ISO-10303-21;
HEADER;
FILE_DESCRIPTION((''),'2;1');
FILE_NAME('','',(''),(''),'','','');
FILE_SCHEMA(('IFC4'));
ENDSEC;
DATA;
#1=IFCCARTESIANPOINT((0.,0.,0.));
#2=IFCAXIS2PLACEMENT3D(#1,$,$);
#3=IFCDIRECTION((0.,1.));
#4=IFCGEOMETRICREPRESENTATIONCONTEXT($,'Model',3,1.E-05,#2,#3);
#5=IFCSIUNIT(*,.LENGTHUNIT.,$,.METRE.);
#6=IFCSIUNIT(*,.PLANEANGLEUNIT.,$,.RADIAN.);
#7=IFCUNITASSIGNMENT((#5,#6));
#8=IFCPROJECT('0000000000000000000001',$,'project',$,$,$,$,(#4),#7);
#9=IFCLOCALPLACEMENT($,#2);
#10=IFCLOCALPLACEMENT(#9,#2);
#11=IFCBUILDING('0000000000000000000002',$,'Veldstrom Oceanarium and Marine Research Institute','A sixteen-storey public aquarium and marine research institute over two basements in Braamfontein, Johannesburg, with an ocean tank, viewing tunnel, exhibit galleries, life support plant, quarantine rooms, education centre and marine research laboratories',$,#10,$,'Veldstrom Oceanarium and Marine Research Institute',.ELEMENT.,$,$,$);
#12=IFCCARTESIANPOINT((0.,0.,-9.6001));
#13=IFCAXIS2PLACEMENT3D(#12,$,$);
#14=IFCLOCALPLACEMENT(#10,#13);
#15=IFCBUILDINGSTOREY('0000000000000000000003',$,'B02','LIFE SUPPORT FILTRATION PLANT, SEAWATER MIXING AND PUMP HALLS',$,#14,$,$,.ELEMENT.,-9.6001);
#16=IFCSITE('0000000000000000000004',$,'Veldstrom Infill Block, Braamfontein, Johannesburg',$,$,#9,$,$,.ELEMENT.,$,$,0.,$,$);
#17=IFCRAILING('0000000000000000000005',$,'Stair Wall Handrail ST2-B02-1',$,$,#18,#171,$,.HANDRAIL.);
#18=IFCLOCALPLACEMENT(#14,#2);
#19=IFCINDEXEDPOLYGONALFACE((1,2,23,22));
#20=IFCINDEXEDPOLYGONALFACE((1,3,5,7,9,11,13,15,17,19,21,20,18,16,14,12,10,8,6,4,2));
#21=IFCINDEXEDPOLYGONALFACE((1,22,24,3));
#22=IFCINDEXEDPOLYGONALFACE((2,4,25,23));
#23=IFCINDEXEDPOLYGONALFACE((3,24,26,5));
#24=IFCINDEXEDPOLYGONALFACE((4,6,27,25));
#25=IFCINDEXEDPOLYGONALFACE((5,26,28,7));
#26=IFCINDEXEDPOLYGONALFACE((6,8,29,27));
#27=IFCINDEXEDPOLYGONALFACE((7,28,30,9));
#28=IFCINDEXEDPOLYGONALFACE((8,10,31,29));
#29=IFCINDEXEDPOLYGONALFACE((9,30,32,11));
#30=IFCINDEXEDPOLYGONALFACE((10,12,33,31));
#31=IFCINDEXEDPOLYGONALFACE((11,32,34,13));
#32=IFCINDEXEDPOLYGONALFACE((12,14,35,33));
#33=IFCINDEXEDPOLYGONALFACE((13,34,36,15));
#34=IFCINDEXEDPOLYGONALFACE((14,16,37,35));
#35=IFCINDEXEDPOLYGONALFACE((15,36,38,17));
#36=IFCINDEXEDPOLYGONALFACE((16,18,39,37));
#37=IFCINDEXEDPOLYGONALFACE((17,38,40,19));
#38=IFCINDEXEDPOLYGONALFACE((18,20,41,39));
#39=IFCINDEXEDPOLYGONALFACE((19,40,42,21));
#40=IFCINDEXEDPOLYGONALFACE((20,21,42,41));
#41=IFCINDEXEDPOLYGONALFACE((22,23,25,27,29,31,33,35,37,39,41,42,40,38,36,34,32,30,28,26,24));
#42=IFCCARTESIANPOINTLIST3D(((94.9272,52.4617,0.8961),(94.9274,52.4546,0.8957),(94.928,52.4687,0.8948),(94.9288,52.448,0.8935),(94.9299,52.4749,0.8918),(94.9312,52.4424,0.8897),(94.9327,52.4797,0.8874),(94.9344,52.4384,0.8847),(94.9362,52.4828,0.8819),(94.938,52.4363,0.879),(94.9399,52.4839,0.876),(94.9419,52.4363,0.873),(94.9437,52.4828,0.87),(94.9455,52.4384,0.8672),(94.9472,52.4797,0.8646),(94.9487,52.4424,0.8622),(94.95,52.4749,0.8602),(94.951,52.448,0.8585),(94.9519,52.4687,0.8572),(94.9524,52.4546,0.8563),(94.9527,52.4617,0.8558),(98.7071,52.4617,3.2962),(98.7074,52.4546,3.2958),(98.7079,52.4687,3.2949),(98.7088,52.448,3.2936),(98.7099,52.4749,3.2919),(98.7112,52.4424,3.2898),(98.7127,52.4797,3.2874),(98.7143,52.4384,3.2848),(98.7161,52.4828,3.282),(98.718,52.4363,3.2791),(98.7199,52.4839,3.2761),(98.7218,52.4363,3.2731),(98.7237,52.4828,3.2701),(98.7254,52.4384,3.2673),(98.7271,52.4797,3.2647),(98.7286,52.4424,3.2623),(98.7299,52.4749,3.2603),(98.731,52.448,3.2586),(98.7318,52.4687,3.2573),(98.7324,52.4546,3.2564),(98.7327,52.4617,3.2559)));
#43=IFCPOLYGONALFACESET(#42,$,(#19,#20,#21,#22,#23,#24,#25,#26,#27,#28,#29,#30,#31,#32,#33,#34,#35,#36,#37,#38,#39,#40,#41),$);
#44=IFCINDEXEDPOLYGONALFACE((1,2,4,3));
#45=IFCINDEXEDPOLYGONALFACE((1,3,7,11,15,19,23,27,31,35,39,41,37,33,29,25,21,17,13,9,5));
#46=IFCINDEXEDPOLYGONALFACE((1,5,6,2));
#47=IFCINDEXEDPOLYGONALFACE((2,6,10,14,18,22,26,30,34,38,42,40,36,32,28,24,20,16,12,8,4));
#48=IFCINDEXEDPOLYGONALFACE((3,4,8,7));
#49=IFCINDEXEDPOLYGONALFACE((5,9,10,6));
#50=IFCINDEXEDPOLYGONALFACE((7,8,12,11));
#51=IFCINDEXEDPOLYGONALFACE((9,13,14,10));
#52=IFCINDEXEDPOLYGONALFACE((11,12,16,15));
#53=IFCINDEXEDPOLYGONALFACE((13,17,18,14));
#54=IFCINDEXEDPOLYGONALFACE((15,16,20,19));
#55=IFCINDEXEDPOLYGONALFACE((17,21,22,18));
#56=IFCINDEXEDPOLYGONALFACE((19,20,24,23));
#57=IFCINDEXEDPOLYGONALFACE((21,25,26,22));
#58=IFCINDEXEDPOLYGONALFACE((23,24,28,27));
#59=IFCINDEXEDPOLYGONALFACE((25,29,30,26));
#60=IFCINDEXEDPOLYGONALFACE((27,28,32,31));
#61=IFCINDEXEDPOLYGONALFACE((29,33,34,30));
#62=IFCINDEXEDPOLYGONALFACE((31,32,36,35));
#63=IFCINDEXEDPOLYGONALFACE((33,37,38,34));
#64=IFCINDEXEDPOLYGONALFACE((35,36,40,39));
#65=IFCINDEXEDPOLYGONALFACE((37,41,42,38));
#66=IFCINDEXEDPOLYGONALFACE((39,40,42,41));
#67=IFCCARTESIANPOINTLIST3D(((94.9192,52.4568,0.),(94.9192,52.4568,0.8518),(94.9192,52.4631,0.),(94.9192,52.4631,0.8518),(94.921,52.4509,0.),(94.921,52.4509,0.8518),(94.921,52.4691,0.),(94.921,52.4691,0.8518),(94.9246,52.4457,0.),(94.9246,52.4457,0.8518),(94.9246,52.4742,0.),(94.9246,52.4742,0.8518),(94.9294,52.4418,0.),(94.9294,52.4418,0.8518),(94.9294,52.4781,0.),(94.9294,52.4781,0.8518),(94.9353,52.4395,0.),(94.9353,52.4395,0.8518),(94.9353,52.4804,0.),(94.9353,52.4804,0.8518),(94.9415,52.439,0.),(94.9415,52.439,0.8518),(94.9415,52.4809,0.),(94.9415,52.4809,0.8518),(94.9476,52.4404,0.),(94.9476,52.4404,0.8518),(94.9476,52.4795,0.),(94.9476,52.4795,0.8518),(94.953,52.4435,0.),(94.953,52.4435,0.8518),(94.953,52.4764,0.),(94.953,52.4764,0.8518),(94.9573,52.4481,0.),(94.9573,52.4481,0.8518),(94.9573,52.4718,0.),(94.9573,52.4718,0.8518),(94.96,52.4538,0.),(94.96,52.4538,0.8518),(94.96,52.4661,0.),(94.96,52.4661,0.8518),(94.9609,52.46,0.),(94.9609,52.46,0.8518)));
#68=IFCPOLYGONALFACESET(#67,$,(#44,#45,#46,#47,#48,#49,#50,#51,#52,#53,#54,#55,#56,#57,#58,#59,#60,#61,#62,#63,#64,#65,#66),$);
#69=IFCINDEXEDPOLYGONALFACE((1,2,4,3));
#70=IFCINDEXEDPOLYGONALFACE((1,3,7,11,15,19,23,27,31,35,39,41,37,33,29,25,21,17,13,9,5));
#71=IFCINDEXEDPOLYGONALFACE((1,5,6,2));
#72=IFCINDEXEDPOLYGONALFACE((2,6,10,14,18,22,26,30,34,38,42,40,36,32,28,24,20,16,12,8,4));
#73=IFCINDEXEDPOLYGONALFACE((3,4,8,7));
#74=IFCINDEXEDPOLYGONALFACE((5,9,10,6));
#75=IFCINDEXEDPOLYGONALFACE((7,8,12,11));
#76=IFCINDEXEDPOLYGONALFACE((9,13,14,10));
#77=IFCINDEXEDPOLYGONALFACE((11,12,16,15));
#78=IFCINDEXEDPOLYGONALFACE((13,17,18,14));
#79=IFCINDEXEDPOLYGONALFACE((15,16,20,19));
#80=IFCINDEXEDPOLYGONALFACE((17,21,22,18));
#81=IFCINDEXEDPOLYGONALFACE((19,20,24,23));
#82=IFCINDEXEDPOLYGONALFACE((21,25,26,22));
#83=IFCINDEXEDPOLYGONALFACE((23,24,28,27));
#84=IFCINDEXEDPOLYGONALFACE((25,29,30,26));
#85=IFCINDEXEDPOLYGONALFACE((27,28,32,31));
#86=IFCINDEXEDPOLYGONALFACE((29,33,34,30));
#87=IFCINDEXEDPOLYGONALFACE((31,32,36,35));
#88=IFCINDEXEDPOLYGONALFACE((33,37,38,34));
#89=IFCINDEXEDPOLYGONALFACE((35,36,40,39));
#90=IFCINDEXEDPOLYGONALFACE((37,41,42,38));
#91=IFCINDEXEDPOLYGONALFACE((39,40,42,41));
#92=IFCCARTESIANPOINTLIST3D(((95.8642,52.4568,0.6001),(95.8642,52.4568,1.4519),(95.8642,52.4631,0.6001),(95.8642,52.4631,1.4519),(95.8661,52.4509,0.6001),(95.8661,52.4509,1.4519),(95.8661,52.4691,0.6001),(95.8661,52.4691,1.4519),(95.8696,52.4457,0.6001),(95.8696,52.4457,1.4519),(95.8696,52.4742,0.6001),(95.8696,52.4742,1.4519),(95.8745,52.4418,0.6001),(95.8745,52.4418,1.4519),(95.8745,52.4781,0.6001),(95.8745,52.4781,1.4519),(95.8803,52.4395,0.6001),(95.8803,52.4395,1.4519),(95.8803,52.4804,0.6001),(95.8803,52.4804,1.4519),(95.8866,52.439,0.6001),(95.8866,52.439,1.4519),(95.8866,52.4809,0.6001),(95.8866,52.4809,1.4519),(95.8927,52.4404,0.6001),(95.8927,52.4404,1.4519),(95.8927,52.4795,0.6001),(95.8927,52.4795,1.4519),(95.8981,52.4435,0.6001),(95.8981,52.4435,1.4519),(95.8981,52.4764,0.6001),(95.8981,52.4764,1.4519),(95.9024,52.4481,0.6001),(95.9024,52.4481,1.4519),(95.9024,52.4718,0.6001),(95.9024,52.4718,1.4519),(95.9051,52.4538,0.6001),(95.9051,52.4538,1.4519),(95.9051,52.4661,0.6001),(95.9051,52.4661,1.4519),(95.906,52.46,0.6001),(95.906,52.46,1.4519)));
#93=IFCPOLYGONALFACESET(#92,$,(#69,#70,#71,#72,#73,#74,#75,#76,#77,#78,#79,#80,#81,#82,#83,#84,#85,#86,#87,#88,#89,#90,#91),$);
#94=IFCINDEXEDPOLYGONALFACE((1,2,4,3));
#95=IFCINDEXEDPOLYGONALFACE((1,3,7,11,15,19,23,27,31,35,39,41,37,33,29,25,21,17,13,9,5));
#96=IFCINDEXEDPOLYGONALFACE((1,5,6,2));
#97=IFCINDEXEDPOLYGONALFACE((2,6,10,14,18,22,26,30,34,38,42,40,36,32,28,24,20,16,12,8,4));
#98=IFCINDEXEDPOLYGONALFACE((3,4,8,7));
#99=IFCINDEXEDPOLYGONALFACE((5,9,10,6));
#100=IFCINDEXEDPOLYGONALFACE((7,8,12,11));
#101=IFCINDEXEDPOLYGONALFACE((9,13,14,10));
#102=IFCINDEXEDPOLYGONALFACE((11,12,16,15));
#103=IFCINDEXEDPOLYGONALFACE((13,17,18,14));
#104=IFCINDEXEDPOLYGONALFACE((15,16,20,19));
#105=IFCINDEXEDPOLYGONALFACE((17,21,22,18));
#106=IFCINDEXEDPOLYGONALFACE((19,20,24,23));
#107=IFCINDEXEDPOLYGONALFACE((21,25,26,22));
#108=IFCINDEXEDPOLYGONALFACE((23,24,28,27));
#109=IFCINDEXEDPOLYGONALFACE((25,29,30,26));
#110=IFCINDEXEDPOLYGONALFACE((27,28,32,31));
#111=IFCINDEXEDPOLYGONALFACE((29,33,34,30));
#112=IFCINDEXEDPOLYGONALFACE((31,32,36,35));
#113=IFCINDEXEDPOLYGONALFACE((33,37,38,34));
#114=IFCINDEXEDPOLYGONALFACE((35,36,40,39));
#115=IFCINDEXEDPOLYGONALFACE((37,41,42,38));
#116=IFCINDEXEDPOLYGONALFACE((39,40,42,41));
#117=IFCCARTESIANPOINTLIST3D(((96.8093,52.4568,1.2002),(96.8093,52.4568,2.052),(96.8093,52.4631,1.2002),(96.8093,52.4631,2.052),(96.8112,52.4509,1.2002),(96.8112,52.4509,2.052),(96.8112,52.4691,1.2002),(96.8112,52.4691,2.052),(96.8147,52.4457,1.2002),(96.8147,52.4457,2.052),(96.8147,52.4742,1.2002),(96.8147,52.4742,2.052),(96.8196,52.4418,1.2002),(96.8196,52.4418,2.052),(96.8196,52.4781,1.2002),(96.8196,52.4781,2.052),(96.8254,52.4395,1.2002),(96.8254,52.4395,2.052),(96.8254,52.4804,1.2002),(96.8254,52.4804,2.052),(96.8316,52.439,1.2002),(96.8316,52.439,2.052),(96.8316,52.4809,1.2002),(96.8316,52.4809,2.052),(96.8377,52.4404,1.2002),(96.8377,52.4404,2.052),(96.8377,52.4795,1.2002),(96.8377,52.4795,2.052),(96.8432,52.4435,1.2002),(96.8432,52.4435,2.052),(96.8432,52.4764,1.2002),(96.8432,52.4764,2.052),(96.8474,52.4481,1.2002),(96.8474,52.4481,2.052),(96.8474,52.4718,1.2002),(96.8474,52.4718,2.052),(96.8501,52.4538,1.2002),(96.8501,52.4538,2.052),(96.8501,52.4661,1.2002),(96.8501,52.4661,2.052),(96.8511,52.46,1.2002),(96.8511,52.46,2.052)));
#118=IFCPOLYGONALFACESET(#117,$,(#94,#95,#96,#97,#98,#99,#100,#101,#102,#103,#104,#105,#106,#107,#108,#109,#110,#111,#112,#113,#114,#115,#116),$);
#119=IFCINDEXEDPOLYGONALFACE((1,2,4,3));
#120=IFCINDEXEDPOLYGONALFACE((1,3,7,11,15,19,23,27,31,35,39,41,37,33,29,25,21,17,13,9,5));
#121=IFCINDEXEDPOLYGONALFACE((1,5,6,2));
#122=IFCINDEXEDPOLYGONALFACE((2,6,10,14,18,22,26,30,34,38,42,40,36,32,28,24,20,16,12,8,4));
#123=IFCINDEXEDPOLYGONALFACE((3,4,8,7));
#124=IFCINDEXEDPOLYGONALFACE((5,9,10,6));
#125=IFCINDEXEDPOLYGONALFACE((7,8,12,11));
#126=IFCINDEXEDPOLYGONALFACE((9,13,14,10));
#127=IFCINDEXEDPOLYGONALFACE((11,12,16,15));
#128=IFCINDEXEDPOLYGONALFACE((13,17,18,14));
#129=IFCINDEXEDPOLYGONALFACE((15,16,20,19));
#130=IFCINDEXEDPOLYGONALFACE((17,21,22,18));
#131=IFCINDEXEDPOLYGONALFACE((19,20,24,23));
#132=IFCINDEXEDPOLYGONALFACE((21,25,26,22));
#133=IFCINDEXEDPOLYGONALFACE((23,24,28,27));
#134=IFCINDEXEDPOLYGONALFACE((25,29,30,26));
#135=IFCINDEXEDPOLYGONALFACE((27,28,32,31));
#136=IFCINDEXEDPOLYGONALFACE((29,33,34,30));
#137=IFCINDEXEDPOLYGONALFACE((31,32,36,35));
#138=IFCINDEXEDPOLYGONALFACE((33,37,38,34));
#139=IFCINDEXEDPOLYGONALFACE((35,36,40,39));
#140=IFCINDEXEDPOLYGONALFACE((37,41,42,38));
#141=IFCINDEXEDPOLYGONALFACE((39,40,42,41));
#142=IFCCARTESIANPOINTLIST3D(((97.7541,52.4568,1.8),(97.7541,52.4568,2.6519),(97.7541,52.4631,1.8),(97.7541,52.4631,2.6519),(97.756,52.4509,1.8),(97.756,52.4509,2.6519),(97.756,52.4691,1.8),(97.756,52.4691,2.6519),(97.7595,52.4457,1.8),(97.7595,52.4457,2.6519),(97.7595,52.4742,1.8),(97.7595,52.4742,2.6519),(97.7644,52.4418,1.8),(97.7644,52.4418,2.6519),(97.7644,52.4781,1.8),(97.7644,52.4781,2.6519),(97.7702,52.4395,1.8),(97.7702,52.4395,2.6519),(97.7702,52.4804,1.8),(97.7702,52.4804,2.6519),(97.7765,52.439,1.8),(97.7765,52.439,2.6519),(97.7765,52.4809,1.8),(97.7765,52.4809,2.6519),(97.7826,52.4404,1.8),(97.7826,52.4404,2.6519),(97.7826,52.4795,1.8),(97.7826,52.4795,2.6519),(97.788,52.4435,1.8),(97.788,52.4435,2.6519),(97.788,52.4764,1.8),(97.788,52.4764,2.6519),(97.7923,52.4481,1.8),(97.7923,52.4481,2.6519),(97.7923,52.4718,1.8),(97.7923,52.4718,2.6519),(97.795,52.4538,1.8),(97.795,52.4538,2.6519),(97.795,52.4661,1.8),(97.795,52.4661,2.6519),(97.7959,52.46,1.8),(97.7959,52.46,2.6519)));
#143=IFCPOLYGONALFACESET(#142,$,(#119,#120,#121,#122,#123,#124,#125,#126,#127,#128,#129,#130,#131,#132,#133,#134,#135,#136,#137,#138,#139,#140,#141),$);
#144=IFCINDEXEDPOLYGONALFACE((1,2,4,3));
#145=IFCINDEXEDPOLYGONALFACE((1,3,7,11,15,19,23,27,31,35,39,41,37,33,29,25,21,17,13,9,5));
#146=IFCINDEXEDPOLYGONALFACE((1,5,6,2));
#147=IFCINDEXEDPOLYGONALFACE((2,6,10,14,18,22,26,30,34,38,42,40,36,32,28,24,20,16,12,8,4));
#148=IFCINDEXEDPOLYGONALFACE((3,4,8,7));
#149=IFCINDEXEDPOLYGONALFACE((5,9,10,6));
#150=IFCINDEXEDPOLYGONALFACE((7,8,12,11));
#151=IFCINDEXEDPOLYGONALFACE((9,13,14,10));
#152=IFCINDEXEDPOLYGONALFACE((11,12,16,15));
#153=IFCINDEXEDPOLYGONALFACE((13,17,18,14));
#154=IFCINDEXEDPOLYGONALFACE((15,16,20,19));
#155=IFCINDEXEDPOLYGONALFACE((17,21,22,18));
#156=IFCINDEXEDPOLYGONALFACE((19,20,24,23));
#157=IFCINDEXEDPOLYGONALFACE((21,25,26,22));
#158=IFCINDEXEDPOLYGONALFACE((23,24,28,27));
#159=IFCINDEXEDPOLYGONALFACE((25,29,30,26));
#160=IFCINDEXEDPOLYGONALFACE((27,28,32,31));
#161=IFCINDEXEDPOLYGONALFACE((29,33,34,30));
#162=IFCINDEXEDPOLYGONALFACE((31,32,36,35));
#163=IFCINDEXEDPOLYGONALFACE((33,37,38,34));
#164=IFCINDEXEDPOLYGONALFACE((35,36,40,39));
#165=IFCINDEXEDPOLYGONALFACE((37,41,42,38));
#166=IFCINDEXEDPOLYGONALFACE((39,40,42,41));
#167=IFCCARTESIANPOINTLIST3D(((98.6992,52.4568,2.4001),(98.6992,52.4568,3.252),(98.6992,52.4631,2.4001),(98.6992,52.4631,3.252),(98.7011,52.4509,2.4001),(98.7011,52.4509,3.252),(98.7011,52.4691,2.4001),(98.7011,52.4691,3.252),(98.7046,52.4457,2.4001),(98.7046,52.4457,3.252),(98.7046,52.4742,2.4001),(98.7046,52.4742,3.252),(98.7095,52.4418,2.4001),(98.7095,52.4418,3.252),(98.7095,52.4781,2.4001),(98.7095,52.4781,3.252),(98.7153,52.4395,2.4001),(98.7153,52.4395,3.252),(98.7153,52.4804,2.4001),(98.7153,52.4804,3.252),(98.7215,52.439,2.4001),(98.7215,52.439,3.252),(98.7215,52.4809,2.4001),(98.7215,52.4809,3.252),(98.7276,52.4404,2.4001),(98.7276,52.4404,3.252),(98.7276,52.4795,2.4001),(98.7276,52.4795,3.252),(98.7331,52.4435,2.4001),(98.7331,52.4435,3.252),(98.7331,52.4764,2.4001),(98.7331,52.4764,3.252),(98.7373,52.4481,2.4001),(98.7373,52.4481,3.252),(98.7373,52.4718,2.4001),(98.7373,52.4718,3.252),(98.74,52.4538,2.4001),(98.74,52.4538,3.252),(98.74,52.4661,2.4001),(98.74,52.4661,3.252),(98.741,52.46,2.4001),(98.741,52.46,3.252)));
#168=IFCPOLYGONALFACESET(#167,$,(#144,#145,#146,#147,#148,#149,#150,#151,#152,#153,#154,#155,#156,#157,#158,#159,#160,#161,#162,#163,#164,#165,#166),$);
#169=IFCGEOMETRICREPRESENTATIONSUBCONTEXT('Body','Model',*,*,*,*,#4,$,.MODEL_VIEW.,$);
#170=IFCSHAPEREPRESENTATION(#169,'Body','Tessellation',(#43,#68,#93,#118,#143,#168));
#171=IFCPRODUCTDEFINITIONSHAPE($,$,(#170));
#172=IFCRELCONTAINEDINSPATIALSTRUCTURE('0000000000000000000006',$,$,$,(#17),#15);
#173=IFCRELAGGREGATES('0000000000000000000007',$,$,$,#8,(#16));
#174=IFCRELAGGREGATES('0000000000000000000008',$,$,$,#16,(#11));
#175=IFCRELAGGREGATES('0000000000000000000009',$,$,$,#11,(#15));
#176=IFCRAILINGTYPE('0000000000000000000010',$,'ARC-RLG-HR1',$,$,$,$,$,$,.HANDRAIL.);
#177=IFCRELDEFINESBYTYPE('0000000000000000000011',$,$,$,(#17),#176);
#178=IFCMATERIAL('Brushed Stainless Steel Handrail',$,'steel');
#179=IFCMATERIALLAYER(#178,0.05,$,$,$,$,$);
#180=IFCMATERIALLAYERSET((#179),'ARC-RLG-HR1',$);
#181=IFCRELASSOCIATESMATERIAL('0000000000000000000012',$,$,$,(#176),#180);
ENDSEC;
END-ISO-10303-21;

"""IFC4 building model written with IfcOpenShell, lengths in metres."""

from ifc_helpers import new_model, si_unit, direction, frame, origin, origin_2d, place, context, subcontext, project, spatial, circle, extrude, material, layer, layer_set, type_object, element, save


model = new_model("IFC4")

# Units and contexts
model_context = context("Model", 3, precision=1e-05, world=origin(), true_north=direction((0.0, 1.0)))
body_context = subcontext(model_context, "Body", "Model", "MODEL_VIEW")
ifc_project = project(units=[si_unit("LENGTHUNIT", "METRE"), si_unit("PLANEANGLEUNIT", "RADIAN")], contexts=[model_context])

# Site, building, storey
site_placement = place(None, origin())
site = spatial("IfcSite", under=ifc_project, at=site_placement, Name="Veldstrom Infill Block, Braamfontein, Johannesburg", CompositionType="ELEMENT", RefElevation=0.0)
building_placement = place(site_placement, origin())
building = spatial("IfcBuilding", under=site, at=building_placement, Name="Veldstrom Oceanarium and Marine Research Institute", Description="A sixteen-storey public aquarium and marine research institute over two basements in Braamfontein, Johannesburg, with an ocean tank, viewing tunnel, exhibit galleries, life support plant, quarantine rooms, education centre and marine research laboratories", LongName="Veldstrom Oceanarium and Marine Research Institute", CompositionType="ELEMENT")
storey_placement = place(building_placement, frame((0.0, 0.0, -9.6001)))
storey = spatial("IfcBuildingStorey", under=building, at=storey_placement, Name="B02", Description="LIFE SUPPORT FILTRATION PLANT, SEAWATER MIXING AND PUMP HALLS", CompositionType="ELEMENT", Elevation=-9.6001)

# Railing
ifc_material_1 = material(Name="Brushed Stainless Steel Handrail", Category="steel")
ifc_layer_1 = layer(ifc_material_1, 0.05)
ifc_layer_set_1 = layer_set([ifc_layer_1], Name="ARC-RLG-HR1")
railing_type_1 = type_object("IfcRailingType", Name="ARC-RLG-HR1", PredefinedType="HANDRAIL", material=ifc_layer_set_1)
railing_1_placement = place(storey_placement, frame((94.9399, 52.46, 0.0)))
element("IfcRailing", 1, at=railing_1_placement, inside=storey, type_object=railing_type_1, Name="Stair Wall Handrail ST2-B02-1", PredefinedType="HANDRAIL", context=body_context, shape_type="SweptSolid", body=[
    extrude(circle(Radius=0.0239, at=origin_2d()), frame((0.0, 0.0, 0.876), z_axis=(0.8442, 0.0, 0.536028), x_axis=(0.0, 1.0, 0.0)), (0.0, 0.0, 1.0), 4.4775),
    extrude(circle(Radius=0.021, at=origin_2d()), origin(), (0.0, 0.0, 1.0), 0.8518),
    extrude(circle(Radius=0.021, at=origin_2d()), frame((0.9451, 0.0, 0.6001)), (0.0, 0.0, 1.0), 0.8518),
    extrude(circle(Radius=0.021, at=origin_2d()), frame((1.8901, 0.0, 1.2002)), (0.0, 0.0, 1.0), 0.8518),
    extrude(circle(Radius=0.021, at=origin_2d()), frame((2.835, 0.0, 1.8)), (0.0, 0.0, 1.0), 0.8518),
    extrude(circle(Radius=0.021, at=origin_2d()), frame((3.78, 0.0, 2.4001)), (0.0, 0.0, 1.0), 0.8518),
])

save(model, "model.ifc")
